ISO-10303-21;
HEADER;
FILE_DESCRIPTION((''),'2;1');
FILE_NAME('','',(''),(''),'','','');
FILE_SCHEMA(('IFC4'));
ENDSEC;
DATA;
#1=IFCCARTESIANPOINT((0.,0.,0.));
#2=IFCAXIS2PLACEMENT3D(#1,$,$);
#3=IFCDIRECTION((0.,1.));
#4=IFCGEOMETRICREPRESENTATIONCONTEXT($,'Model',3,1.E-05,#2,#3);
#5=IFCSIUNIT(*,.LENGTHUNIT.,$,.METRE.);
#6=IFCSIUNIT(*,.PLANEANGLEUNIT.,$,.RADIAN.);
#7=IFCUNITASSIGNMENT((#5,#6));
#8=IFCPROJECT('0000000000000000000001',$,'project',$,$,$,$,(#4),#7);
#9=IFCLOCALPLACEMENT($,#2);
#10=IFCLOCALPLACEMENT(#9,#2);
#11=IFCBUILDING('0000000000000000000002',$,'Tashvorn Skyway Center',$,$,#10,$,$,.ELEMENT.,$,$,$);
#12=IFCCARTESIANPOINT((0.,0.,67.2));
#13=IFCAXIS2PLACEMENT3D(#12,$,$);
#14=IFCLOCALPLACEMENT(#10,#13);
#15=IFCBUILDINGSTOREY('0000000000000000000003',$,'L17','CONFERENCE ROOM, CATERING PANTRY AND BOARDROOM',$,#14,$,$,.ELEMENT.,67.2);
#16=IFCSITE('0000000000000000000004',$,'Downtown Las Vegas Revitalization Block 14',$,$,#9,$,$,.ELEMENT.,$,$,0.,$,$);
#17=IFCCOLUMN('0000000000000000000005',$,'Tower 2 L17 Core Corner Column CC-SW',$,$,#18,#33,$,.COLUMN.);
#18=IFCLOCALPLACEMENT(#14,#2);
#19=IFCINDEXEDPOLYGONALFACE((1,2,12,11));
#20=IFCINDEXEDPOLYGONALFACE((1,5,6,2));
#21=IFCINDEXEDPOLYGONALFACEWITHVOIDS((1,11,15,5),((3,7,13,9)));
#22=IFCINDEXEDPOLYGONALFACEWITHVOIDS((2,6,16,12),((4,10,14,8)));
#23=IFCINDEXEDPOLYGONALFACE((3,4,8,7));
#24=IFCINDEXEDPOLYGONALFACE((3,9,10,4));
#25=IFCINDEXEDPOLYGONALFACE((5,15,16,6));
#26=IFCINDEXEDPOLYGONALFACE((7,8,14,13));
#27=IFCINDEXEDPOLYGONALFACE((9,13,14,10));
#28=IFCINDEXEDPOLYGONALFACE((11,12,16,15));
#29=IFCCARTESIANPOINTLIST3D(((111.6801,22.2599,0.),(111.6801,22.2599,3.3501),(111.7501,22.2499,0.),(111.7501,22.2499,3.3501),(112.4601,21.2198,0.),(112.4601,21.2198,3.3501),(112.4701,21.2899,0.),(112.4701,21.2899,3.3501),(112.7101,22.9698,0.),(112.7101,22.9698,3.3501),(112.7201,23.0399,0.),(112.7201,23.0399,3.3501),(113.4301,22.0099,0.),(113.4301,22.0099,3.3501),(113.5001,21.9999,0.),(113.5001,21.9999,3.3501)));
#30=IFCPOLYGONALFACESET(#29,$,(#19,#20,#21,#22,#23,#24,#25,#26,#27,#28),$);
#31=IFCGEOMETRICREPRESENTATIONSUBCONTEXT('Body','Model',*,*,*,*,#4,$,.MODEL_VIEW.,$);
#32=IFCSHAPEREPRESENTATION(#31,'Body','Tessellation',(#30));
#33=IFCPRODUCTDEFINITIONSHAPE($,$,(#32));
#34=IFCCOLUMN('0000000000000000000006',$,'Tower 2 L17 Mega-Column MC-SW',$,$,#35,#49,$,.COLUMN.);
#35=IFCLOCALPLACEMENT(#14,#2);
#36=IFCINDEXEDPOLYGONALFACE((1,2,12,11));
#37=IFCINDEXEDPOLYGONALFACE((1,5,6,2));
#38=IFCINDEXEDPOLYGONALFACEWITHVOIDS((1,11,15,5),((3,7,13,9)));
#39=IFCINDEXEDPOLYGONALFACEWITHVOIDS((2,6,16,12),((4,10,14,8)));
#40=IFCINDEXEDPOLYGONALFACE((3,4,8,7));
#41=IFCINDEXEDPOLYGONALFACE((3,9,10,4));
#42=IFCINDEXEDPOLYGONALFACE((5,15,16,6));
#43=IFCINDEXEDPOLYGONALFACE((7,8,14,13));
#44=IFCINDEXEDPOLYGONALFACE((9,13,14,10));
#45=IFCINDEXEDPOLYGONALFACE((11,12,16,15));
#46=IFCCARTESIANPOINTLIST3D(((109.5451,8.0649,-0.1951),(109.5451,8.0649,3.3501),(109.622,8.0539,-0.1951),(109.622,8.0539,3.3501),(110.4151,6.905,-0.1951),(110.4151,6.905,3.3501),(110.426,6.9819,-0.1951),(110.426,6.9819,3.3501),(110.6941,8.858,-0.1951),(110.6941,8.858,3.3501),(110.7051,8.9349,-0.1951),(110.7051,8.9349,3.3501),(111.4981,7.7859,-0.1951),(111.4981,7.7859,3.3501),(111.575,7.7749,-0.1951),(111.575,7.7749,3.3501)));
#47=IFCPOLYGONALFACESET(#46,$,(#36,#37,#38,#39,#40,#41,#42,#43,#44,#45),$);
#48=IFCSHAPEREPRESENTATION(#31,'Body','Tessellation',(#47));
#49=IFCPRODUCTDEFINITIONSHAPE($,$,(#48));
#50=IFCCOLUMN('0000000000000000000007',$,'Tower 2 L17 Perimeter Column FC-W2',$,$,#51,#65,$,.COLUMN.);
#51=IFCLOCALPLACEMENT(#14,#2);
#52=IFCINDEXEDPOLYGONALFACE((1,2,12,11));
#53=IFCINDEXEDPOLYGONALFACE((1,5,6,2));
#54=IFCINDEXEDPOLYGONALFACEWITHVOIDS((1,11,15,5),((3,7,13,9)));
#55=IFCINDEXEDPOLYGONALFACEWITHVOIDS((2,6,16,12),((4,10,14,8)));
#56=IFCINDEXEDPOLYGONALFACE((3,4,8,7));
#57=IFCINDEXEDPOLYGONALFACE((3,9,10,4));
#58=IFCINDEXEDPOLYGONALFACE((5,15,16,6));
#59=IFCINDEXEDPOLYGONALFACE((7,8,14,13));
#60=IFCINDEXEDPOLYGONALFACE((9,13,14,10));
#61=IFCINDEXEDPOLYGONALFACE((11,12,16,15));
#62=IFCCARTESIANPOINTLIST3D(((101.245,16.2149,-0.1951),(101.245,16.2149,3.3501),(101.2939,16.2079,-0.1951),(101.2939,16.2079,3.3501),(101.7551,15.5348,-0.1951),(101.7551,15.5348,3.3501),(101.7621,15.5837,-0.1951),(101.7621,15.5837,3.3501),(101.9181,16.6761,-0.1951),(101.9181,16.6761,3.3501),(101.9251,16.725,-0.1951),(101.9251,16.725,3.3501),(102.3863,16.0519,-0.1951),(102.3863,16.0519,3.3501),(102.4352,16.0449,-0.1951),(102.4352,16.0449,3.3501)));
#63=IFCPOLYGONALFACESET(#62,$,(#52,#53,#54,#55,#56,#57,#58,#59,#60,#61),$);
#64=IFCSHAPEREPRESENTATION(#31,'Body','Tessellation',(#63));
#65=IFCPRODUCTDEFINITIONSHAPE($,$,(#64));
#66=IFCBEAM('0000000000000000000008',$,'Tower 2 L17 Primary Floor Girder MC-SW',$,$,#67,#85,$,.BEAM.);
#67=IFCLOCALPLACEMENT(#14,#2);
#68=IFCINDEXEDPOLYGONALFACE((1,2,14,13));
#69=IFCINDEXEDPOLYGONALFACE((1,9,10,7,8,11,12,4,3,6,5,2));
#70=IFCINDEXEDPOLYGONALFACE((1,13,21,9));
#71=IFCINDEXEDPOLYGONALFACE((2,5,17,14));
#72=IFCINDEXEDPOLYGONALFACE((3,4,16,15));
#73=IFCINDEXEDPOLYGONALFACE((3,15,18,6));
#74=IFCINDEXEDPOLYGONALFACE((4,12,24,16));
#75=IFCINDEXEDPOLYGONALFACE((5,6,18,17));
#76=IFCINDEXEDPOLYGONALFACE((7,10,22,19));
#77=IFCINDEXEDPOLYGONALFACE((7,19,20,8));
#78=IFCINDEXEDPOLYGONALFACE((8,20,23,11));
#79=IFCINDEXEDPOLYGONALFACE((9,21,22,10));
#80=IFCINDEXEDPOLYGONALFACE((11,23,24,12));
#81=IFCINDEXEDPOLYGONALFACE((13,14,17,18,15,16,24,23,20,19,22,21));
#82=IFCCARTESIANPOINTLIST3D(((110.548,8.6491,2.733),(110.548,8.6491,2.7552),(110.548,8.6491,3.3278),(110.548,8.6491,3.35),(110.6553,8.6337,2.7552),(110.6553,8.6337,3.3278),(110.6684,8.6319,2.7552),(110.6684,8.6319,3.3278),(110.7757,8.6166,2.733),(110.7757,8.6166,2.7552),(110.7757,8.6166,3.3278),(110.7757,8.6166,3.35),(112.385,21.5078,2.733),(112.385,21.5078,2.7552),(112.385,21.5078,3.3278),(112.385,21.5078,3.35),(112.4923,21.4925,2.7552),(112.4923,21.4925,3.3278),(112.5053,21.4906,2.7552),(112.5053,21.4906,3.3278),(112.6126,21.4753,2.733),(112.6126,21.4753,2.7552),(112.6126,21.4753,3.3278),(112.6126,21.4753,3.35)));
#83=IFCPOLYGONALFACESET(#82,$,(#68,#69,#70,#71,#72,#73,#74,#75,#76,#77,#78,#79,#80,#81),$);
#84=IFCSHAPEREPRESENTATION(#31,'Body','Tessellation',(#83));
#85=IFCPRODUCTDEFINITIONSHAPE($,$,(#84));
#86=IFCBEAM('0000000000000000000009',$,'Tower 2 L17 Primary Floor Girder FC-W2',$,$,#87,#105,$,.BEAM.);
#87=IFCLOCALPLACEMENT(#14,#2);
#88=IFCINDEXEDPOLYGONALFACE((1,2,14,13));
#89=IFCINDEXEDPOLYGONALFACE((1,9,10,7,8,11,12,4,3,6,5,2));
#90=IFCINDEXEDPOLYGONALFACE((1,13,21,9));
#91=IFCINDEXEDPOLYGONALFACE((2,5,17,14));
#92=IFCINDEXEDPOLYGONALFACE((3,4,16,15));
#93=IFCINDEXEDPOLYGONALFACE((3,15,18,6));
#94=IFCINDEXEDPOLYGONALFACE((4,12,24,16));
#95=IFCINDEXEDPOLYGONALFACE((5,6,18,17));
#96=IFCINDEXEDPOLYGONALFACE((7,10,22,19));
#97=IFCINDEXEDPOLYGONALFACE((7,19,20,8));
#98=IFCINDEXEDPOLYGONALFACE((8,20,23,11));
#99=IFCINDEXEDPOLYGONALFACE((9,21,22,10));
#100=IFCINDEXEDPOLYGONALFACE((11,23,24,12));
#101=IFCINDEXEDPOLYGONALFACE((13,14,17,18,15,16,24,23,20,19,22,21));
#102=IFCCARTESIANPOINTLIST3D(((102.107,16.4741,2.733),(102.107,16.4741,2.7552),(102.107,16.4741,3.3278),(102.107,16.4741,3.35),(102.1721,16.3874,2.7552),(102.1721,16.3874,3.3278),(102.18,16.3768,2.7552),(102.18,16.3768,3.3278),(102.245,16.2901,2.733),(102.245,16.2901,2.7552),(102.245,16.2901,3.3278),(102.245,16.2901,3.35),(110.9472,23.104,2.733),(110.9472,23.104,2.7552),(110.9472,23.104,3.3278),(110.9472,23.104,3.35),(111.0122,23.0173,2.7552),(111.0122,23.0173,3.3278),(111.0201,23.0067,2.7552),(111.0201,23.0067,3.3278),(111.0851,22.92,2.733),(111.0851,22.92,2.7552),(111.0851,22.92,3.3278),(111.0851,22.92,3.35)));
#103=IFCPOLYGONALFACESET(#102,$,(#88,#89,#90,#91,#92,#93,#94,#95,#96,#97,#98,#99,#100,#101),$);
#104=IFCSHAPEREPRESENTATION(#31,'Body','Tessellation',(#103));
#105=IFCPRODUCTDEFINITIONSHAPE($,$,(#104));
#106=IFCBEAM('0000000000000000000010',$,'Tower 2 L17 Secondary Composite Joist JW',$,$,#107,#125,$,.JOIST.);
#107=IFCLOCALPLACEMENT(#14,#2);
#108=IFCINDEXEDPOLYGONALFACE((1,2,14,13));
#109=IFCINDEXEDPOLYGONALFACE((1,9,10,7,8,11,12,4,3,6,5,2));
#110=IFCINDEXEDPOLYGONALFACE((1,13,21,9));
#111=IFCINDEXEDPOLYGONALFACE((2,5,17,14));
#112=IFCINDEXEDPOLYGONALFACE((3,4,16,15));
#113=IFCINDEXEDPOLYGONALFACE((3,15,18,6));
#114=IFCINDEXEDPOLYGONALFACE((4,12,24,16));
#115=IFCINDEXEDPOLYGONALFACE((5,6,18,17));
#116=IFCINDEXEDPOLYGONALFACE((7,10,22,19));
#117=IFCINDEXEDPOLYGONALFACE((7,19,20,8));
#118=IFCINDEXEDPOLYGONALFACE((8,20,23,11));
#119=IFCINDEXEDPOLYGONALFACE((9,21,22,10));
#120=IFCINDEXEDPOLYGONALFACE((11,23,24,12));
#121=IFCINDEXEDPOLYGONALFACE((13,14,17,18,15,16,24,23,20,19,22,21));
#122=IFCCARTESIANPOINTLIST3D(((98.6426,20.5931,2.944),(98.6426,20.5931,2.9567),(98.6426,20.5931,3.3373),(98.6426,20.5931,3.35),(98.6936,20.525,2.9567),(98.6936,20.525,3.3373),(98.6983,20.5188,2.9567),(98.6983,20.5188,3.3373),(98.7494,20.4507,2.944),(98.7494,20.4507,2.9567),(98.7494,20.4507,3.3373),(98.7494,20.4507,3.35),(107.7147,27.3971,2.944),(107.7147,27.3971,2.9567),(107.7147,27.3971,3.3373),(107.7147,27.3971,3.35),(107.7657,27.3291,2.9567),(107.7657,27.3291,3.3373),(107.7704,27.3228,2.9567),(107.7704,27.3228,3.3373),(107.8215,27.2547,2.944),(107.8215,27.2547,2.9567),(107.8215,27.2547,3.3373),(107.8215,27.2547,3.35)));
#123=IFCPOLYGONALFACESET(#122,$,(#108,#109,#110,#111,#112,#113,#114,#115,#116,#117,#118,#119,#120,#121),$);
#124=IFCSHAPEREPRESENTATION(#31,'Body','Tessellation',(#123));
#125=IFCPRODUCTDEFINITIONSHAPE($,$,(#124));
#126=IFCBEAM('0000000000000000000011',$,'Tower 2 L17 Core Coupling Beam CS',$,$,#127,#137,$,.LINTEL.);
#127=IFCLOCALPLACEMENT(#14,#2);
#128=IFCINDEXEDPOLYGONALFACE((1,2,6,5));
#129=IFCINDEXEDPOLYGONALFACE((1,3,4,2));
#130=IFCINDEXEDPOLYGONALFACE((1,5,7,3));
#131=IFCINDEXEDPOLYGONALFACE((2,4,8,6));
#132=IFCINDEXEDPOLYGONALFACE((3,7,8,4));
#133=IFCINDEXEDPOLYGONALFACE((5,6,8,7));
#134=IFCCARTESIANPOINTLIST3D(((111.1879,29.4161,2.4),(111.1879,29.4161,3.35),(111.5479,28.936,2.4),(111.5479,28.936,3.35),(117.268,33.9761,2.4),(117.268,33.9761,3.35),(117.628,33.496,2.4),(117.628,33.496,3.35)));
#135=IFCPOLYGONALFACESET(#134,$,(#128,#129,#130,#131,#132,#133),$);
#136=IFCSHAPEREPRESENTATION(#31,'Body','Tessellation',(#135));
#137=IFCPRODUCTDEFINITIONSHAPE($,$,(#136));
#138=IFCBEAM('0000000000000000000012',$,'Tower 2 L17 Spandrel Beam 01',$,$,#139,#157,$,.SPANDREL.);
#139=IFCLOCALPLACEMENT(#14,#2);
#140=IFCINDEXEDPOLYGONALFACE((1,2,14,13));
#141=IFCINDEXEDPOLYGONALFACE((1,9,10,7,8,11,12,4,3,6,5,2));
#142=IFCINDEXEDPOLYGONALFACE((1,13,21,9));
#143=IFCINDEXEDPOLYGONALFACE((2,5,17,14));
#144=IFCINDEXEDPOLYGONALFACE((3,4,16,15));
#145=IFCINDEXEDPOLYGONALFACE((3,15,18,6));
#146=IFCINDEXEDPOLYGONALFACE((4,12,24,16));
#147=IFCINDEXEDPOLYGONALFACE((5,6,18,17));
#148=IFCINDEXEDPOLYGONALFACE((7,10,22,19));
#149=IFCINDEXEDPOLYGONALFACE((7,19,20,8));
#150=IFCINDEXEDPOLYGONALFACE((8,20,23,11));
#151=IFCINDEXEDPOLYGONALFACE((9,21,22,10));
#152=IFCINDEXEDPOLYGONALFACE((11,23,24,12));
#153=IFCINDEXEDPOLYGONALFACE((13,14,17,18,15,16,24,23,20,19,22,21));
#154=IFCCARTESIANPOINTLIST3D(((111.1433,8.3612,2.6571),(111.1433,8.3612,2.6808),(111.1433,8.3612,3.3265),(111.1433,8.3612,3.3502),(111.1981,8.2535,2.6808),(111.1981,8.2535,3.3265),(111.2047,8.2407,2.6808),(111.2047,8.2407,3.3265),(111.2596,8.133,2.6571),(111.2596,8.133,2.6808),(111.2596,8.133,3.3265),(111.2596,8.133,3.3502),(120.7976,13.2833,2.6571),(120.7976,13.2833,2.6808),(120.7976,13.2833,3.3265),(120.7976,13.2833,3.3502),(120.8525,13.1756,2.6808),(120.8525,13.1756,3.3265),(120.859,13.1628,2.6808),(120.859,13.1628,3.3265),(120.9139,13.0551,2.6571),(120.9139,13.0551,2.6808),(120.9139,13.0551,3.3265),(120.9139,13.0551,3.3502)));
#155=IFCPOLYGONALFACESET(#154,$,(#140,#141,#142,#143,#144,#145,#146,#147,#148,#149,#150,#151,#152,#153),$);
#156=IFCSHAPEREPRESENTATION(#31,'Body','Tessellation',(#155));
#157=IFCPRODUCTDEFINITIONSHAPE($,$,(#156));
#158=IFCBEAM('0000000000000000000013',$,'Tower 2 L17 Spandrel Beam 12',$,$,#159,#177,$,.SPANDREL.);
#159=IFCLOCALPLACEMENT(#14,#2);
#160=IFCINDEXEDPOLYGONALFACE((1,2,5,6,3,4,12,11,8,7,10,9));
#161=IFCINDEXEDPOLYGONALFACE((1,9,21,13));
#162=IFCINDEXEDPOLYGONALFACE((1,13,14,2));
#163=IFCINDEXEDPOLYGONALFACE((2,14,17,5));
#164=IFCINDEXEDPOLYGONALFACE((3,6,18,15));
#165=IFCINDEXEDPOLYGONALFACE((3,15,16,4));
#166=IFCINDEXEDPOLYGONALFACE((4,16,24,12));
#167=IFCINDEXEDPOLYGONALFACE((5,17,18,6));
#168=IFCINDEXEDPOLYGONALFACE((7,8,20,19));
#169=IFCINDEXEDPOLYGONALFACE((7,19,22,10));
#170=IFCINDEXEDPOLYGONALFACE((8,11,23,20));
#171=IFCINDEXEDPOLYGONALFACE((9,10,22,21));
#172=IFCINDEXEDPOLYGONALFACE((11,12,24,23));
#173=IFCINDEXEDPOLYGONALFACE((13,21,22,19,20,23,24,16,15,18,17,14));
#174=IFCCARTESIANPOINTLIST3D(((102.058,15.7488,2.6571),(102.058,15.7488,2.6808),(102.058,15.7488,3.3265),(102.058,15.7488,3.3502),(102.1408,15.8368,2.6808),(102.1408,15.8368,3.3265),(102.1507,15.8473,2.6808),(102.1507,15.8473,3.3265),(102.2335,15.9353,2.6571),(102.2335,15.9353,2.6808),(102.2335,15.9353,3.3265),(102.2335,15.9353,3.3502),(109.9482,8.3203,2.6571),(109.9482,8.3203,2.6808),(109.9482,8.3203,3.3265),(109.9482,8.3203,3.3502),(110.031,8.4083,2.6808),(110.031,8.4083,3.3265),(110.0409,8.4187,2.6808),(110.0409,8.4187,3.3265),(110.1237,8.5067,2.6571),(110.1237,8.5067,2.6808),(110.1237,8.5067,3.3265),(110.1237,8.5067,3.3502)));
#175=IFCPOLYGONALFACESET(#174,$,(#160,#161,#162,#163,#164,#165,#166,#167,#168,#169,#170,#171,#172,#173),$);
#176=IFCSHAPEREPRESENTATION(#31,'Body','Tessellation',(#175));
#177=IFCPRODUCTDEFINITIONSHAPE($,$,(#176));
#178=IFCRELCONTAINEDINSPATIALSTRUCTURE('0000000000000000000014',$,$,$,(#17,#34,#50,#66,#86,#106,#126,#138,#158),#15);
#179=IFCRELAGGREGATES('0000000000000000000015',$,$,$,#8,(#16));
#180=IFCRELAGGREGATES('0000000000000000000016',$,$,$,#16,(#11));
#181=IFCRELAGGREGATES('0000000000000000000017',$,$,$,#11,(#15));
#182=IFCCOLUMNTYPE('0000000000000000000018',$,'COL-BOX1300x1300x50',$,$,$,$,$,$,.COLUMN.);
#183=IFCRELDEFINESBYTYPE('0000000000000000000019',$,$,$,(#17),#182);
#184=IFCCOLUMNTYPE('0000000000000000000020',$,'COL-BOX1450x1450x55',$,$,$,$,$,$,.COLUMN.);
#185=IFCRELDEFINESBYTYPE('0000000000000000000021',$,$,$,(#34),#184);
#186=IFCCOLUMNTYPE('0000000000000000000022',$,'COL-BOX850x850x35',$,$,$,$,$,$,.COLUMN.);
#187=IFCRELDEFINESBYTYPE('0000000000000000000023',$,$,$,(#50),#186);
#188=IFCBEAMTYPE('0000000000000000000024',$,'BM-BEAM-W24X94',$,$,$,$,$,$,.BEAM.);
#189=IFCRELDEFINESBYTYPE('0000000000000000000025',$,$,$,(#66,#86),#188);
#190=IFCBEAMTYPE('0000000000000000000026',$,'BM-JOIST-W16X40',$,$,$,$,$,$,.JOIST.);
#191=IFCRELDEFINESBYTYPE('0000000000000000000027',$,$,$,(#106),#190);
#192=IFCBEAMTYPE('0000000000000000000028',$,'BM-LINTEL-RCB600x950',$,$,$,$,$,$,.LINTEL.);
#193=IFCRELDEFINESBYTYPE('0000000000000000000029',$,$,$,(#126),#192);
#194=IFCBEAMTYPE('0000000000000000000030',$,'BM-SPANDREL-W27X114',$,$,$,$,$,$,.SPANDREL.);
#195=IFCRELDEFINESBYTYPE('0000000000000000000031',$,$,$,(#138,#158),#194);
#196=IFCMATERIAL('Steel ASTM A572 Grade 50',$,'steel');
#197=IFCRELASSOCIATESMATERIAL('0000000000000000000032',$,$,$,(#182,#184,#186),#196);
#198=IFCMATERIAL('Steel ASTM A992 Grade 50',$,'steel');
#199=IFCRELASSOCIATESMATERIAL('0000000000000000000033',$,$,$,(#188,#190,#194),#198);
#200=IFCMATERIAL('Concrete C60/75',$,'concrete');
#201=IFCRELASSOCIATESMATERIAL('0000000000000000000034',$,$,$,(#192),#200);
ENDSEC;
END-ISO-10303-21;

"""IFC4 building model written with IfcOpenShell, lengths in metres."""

from ifc_helpers import new_model, si_unit, direction, frame, origin, origin_2d, place, context, subcontext, project, spatial, rectangle, hollow_rectangle, i_section, extrude, material, material_profile, profile_set, type_object, element, save


model = new_model("IFC4")

# Units and contexts
model_context = context("Model", 3, precision=1e-05, world=origin(), true_north=direction((0.0, 1.0)))
body_context = subcontext(model_context, "Body", "Model", "MODEL_VIEW")
ifc_project = project(units=[si_unit("LENGTHUNIT", "METRE"), si_unit("PLANEANGLEUNIT", "RADIAN")], contexts=[model_context])

# Site, building, storey
site_placement = place(None, origin())
site = spatial("IfcSite", under=ifc_project, at=site_placement, Name="Downtown Las Vegas Revitalization Block 14", CompositionType="ELEMENT", RefElevation=0.0)
building_placement = place(site_placement, origin())
building = spatial("IfcBuilding", under=site, at=building_placement, Name="Tashvorn Skyway Center", CompositionType="ELEMENT")
storey_placement = place(building_placement, frame((0.0, 0.0, 67.2)))
storey = spatial("IfcBuildingStorey", under=building, at=storey_placement, Name="L17", Description="CONFERENCE ROOM, CATERING PANTRY AND BOARDROOM", CompositionType="ELEMENT", Elevation=67.2)

# Columns
ifc_material_1 = material(Name="Steel ASTM A572 Grade 50", Category="steel")
ifc_material_profile_1 = material_profile(ifc_material_1, hollow_rectangle(XDim=1.3, YDim=1.3, WallThickness=0.05, at=origin_2d()), Name="BOX1300x1300x50")
ifc_profile_set_1 = profile_set([ifc_material_profile_1], Name="Steel ASTM A572 Grade 50")
column_type_1 = type_object("IfcColumnType", Name="COL-BOX1300x1300x50", PredefinedType="COLUMN", material=ifc_profile_set_1)
column_1_placement = place(storey_placement, frame((112.5901, 22.1299, 0.0), z_axis=(0.0, 0.0, 1.0), x_axis=(0.8, 0.6, 0.0)))
element("IfcColumn", 1, at=column_1_placement, inside=storey, type_object=column_type_1, Name="Tower 2 L17 Core Corner Column CC-SW", PredefinedType="COLUMN", context=body_context, shape_type="SweptSolid", body=[
    extrude(hollow_rectangle(XDim=1.3, YDim=1.3, WallThickness=0.05, at=origin_2d()), origin(), (0.0, 0.0, 1.0), 3.3501),
])
ifc_material_profile_2 = material_profile(ifc_material_1, hollow_rectangle(XDim=1.45, YDim=1.45, WallThickness=0.0549, at=origin_2d()), Name="BOX1450x1450x55")
ifc_profile_set_2 = profile_set([ifc_material_profile_2], Name="Steel ASTM A572 Grade 50")
column_type_2 = type_object("IfcColumnType", Name="COL-BOX1450x1450x55", PredefinedType="COLUMN", material=ifc_profile_set_2)
column_2_placement = place(storey_placement, frame((110.5601, 7.9199, -0.1951), z_axis=(0.0, 0.0, 1.0), x_axis=(0.8, 0.6, 0.0)))
element("IfcColumn", 2, at=column_2_placement, inside=storey, type_object=column_type_2, Name="Tower 2 L17 Mega-Column MC-SW", PredefinedType="COLUMN", context=body_context, shape_type="SweptSolid", body=[
    extrude(hollow_rectangle(XDim=1.45, YDim=1.45, WallThickness=0.0549, at=origin_2d()), origin(), (0.0, 0.0, 1.0), 3.5452),
])
ifc_material_profile_3 = material_profile(ifc_material_1, hollow_rectangle(XDim=0.8501, YDim=0.8501, WallThickness=0.0349, at=origin_2d()), Name="BOX850x850x35")
ifc_profile_set_3 = profile_set([ifc_material_profile_3], Name="Steel ASTM A572 Grade 50")
column_type_3 = type_object("IfcColumnType", Name="COL-BOX850x850x35", PredefinedType="COLUMN", material=ifc_profile_set_3)
column_3_placement = place(storey_placement, frame((101.8401, 16.1299, -0.1951), z_axis=(0.0, 0.0, 1.0), x_axis=(0.8, 0.6, 0.0)))
element("IfcColumn", 3, at=column_3_placement, inside=storey, type_object=column_type_3, Name="Tower 2 L17 Perimeter Column FC-W2", PredefinedType="COLUMN", context=body_context, shape_type="SweptSolid", body=[
    extrude(hollow_rectangle(XDim=0.8501, YDim=0.8501, WallThickness=0.0349, at=origin_2d()), origin(), (0.0, 0.0, 1.0), 3.5452),
])

# Beams
ifc_material_2 = material(Name="Steel ASTM A992 Grade 50", Category="steel")
ifc_material_profile_4 = material_profile(ifc_material_2, i_section(OverallWidth=0.23, OverallDepth=0.6169, WebThickness=0.0132, FlangeThickness=0.0222, at=origin_2d()), Name="W24X94")
ifc_profile_set_4 = profile_set([ifc_material_profile_4], Name="Steel ASTM A992 Grade 50")
beam_type_1 = type_object("IfcBeamType", Name="BM-BEAM-W24X94", PredefinedType="BEAM", material=ifc_profile_set_4)
beam_1_placement = place(storey_placement, frame((110.6619, 8.6328, 3.0415), z_axis=(0.141419, 0.98995, 0.0), x_axis=(-0.98995, 0.141419, 0.0)))
element("IfcBeam", 4, at=beam_1_placement, inside=storey, type_object=beam_type_1, Name="Tower 2 L17 Primary Floor Girder MC-SW", PredefinedType="BEAM", context=body_context, shape_type="SweptSolid", body=[
    extrude(i_section(OverallWidth=0.23, OverallDepth=0.6169, WebThickness=0.0132, FlangeThickness=0.0222, at=origin_2d()), origin(), (0.0, 0.0, 1.0), 12.9893),
])
beam_2_placement = place(storey_placement, frame((102.176, 16.3821, 3.0415), z_axis=(0.800008, 0.599989, 0.0), x_axis=(-0.599989, 0.800008, 0.0)))
element("IfcBeam", 5, at=beam_2_placement, inside=storey, type_object=beam_type_1, Name="Tower 2 L17 Primary Floor Girder FC-W2", PredefinedType="BEAM", context=body_context, shape_type="SweptSolid", body=[
    extrude(i_section(OverallWidth=0.23, OverallDepth=0.6169, WebThickness=0.0132, FlangeThickness=0.0222, at=origin_2d()), origin(), (0.0, 0.0, 1.0), 11.05),
])
ifc_material_profile_5 = material_profile(ifc_material_2, i_section(OverallWidth=0.178, OverallDepth=0.406, WebThickness=0.0078, FlangeThickness=0.0127, at=origin_2d()), Name="W16X40")
ifc_profile_set_5 = profile_set([ifc_material_profile_5], Name="Steel ASTM A992 Grade 50")
beam_type_2 = type_object("IfcBeamType", Name="BM-JOIST-W16X40", PredefinedType="JOIST", material=ifc_profile_set_5)
beam_3_placement = place(storey_placement, frame((107.7681, 27.3259, 3.147), z_axis=(-0.800003, -0.599997, 0.0), x_axis=(0.599997, -0.800003, 0.0)))
element("IfcBeam", 6, at=beam_3_placement, inside=storey, type_object=beam_type_2, Name="Tower 2 L17 Secondary Composite Joist JW", PredefinedType="JOIST", context=body_context, shape_type="SweptSolid", body=[
    extrude(i_section(OverallWidth=0.178, OverallDepth=0.406, WebThickness=0.0078, FlangeThickness=0.0127, at=origin_2d()), origin(), (0.0, 0.0, 1.0), 11.3401),
])
ifc_material_3 = material(Name="Concrete C60/75", Category="concrete")
ifc_material_profile_6 = material_profile(ifc_material_3, rectangle(XDim=0.6001, YDim=0.95, at=origin_2d()), Name="RCB600x950")
ifc_profile_set_6 = profile_set([ifc_material_profile_6], Name="Concrete C60/75")
beam_type_3 = type_object("IfcBeamType", Name="BM-LINTEL-RCB600x950", PredefinedType="LINTEL", material=ifc_profile_set_6)
beam_4_placement = place(storey_placement, frame((111.3679, 29.176, 2.875), z_axis=(0.8, 0.6, 0.0), x_axis=(-0.6, 0.8, 0.0)))
element("IfcBeam", 7, at=beam_4_placement, inside=storey, type_object=beam_type_3, Name="Tower 2 L17 Core Coupling Beam CS", PredefinedType="LINTEL", context=body_context, shape_type="SweptSolid", body=[
    extrude(rectangle(XDim=0.6001, YDim=0.95, at=origin_2d()), origin(), (0.0, 0.0, 1.0), 7.6001),
])
ifc_material_profile_7 = material_profile(ifc_material_2, i_section(OverallWidth=0.2561, OverallDepth=0.6931, WebThickness=0.0144, FlangeThickness=0.0237, at=origin_2d()), Name="W27X114")
ifc_profile_set_7 = profile_set([ifc_material_profile_7], Name="Steel ASTM A992 Grade 50")
beam_type_4 = type_object("IfcBeamType", Name="BM-SPANDREL-W27X114", PredefinedType="SPANDREL", material=ifc_profile_set_7)
beam_5_placement = place(storey_placement, frame((111.2014, 8.2471, 3.0037), z_axis=(0.890894, 0.454211, 0.0), x_axis=(-0.454211, 0.890894, 0.0)))
element("IfcBeam", 8, at=beam_5_placement, inside=storey, type_object=beam_type_4, Name="Tower 2 L17 Spandrel Beam 01", PredefinedType="SPANDREL", context=body_context, shape_type="SweptSolid", body=[
    extrude(i_section(OverallWidth=0.2561, OverallDepth=0.6931, WebThickness=0.0144, FlangeThickness=0.0237, at=origin_2d()), origin(), (0.0, 0.0, 1.0), 10.8367),
])
beam_6_placement = place(storey_placement, frame((102.1458, 15.842, 3.0037), z_axis=(0.728087, -0.685485, 0.0), x_axis=(0.685485, 0.728087, 0.0)))
element("IfcBeam", 9, at=beam_6_placement, inside=storey, type_object=beam_type_4, Name="Tower 2 L17 Spandrel Beam 12", PredefinedType="SPANDREL", context=body_context, shape_type="SweptSolid", body=[
    extrude(i_section(OverallWidth=0.2561, OverallDepth=0.6931, WebThickness=0.0144, FlangeThickness=0.0237, at=origin_2d()), origin(), (0.0, 0.0, 1.0), 10.8369),
])

save(model, "model.ifc")
